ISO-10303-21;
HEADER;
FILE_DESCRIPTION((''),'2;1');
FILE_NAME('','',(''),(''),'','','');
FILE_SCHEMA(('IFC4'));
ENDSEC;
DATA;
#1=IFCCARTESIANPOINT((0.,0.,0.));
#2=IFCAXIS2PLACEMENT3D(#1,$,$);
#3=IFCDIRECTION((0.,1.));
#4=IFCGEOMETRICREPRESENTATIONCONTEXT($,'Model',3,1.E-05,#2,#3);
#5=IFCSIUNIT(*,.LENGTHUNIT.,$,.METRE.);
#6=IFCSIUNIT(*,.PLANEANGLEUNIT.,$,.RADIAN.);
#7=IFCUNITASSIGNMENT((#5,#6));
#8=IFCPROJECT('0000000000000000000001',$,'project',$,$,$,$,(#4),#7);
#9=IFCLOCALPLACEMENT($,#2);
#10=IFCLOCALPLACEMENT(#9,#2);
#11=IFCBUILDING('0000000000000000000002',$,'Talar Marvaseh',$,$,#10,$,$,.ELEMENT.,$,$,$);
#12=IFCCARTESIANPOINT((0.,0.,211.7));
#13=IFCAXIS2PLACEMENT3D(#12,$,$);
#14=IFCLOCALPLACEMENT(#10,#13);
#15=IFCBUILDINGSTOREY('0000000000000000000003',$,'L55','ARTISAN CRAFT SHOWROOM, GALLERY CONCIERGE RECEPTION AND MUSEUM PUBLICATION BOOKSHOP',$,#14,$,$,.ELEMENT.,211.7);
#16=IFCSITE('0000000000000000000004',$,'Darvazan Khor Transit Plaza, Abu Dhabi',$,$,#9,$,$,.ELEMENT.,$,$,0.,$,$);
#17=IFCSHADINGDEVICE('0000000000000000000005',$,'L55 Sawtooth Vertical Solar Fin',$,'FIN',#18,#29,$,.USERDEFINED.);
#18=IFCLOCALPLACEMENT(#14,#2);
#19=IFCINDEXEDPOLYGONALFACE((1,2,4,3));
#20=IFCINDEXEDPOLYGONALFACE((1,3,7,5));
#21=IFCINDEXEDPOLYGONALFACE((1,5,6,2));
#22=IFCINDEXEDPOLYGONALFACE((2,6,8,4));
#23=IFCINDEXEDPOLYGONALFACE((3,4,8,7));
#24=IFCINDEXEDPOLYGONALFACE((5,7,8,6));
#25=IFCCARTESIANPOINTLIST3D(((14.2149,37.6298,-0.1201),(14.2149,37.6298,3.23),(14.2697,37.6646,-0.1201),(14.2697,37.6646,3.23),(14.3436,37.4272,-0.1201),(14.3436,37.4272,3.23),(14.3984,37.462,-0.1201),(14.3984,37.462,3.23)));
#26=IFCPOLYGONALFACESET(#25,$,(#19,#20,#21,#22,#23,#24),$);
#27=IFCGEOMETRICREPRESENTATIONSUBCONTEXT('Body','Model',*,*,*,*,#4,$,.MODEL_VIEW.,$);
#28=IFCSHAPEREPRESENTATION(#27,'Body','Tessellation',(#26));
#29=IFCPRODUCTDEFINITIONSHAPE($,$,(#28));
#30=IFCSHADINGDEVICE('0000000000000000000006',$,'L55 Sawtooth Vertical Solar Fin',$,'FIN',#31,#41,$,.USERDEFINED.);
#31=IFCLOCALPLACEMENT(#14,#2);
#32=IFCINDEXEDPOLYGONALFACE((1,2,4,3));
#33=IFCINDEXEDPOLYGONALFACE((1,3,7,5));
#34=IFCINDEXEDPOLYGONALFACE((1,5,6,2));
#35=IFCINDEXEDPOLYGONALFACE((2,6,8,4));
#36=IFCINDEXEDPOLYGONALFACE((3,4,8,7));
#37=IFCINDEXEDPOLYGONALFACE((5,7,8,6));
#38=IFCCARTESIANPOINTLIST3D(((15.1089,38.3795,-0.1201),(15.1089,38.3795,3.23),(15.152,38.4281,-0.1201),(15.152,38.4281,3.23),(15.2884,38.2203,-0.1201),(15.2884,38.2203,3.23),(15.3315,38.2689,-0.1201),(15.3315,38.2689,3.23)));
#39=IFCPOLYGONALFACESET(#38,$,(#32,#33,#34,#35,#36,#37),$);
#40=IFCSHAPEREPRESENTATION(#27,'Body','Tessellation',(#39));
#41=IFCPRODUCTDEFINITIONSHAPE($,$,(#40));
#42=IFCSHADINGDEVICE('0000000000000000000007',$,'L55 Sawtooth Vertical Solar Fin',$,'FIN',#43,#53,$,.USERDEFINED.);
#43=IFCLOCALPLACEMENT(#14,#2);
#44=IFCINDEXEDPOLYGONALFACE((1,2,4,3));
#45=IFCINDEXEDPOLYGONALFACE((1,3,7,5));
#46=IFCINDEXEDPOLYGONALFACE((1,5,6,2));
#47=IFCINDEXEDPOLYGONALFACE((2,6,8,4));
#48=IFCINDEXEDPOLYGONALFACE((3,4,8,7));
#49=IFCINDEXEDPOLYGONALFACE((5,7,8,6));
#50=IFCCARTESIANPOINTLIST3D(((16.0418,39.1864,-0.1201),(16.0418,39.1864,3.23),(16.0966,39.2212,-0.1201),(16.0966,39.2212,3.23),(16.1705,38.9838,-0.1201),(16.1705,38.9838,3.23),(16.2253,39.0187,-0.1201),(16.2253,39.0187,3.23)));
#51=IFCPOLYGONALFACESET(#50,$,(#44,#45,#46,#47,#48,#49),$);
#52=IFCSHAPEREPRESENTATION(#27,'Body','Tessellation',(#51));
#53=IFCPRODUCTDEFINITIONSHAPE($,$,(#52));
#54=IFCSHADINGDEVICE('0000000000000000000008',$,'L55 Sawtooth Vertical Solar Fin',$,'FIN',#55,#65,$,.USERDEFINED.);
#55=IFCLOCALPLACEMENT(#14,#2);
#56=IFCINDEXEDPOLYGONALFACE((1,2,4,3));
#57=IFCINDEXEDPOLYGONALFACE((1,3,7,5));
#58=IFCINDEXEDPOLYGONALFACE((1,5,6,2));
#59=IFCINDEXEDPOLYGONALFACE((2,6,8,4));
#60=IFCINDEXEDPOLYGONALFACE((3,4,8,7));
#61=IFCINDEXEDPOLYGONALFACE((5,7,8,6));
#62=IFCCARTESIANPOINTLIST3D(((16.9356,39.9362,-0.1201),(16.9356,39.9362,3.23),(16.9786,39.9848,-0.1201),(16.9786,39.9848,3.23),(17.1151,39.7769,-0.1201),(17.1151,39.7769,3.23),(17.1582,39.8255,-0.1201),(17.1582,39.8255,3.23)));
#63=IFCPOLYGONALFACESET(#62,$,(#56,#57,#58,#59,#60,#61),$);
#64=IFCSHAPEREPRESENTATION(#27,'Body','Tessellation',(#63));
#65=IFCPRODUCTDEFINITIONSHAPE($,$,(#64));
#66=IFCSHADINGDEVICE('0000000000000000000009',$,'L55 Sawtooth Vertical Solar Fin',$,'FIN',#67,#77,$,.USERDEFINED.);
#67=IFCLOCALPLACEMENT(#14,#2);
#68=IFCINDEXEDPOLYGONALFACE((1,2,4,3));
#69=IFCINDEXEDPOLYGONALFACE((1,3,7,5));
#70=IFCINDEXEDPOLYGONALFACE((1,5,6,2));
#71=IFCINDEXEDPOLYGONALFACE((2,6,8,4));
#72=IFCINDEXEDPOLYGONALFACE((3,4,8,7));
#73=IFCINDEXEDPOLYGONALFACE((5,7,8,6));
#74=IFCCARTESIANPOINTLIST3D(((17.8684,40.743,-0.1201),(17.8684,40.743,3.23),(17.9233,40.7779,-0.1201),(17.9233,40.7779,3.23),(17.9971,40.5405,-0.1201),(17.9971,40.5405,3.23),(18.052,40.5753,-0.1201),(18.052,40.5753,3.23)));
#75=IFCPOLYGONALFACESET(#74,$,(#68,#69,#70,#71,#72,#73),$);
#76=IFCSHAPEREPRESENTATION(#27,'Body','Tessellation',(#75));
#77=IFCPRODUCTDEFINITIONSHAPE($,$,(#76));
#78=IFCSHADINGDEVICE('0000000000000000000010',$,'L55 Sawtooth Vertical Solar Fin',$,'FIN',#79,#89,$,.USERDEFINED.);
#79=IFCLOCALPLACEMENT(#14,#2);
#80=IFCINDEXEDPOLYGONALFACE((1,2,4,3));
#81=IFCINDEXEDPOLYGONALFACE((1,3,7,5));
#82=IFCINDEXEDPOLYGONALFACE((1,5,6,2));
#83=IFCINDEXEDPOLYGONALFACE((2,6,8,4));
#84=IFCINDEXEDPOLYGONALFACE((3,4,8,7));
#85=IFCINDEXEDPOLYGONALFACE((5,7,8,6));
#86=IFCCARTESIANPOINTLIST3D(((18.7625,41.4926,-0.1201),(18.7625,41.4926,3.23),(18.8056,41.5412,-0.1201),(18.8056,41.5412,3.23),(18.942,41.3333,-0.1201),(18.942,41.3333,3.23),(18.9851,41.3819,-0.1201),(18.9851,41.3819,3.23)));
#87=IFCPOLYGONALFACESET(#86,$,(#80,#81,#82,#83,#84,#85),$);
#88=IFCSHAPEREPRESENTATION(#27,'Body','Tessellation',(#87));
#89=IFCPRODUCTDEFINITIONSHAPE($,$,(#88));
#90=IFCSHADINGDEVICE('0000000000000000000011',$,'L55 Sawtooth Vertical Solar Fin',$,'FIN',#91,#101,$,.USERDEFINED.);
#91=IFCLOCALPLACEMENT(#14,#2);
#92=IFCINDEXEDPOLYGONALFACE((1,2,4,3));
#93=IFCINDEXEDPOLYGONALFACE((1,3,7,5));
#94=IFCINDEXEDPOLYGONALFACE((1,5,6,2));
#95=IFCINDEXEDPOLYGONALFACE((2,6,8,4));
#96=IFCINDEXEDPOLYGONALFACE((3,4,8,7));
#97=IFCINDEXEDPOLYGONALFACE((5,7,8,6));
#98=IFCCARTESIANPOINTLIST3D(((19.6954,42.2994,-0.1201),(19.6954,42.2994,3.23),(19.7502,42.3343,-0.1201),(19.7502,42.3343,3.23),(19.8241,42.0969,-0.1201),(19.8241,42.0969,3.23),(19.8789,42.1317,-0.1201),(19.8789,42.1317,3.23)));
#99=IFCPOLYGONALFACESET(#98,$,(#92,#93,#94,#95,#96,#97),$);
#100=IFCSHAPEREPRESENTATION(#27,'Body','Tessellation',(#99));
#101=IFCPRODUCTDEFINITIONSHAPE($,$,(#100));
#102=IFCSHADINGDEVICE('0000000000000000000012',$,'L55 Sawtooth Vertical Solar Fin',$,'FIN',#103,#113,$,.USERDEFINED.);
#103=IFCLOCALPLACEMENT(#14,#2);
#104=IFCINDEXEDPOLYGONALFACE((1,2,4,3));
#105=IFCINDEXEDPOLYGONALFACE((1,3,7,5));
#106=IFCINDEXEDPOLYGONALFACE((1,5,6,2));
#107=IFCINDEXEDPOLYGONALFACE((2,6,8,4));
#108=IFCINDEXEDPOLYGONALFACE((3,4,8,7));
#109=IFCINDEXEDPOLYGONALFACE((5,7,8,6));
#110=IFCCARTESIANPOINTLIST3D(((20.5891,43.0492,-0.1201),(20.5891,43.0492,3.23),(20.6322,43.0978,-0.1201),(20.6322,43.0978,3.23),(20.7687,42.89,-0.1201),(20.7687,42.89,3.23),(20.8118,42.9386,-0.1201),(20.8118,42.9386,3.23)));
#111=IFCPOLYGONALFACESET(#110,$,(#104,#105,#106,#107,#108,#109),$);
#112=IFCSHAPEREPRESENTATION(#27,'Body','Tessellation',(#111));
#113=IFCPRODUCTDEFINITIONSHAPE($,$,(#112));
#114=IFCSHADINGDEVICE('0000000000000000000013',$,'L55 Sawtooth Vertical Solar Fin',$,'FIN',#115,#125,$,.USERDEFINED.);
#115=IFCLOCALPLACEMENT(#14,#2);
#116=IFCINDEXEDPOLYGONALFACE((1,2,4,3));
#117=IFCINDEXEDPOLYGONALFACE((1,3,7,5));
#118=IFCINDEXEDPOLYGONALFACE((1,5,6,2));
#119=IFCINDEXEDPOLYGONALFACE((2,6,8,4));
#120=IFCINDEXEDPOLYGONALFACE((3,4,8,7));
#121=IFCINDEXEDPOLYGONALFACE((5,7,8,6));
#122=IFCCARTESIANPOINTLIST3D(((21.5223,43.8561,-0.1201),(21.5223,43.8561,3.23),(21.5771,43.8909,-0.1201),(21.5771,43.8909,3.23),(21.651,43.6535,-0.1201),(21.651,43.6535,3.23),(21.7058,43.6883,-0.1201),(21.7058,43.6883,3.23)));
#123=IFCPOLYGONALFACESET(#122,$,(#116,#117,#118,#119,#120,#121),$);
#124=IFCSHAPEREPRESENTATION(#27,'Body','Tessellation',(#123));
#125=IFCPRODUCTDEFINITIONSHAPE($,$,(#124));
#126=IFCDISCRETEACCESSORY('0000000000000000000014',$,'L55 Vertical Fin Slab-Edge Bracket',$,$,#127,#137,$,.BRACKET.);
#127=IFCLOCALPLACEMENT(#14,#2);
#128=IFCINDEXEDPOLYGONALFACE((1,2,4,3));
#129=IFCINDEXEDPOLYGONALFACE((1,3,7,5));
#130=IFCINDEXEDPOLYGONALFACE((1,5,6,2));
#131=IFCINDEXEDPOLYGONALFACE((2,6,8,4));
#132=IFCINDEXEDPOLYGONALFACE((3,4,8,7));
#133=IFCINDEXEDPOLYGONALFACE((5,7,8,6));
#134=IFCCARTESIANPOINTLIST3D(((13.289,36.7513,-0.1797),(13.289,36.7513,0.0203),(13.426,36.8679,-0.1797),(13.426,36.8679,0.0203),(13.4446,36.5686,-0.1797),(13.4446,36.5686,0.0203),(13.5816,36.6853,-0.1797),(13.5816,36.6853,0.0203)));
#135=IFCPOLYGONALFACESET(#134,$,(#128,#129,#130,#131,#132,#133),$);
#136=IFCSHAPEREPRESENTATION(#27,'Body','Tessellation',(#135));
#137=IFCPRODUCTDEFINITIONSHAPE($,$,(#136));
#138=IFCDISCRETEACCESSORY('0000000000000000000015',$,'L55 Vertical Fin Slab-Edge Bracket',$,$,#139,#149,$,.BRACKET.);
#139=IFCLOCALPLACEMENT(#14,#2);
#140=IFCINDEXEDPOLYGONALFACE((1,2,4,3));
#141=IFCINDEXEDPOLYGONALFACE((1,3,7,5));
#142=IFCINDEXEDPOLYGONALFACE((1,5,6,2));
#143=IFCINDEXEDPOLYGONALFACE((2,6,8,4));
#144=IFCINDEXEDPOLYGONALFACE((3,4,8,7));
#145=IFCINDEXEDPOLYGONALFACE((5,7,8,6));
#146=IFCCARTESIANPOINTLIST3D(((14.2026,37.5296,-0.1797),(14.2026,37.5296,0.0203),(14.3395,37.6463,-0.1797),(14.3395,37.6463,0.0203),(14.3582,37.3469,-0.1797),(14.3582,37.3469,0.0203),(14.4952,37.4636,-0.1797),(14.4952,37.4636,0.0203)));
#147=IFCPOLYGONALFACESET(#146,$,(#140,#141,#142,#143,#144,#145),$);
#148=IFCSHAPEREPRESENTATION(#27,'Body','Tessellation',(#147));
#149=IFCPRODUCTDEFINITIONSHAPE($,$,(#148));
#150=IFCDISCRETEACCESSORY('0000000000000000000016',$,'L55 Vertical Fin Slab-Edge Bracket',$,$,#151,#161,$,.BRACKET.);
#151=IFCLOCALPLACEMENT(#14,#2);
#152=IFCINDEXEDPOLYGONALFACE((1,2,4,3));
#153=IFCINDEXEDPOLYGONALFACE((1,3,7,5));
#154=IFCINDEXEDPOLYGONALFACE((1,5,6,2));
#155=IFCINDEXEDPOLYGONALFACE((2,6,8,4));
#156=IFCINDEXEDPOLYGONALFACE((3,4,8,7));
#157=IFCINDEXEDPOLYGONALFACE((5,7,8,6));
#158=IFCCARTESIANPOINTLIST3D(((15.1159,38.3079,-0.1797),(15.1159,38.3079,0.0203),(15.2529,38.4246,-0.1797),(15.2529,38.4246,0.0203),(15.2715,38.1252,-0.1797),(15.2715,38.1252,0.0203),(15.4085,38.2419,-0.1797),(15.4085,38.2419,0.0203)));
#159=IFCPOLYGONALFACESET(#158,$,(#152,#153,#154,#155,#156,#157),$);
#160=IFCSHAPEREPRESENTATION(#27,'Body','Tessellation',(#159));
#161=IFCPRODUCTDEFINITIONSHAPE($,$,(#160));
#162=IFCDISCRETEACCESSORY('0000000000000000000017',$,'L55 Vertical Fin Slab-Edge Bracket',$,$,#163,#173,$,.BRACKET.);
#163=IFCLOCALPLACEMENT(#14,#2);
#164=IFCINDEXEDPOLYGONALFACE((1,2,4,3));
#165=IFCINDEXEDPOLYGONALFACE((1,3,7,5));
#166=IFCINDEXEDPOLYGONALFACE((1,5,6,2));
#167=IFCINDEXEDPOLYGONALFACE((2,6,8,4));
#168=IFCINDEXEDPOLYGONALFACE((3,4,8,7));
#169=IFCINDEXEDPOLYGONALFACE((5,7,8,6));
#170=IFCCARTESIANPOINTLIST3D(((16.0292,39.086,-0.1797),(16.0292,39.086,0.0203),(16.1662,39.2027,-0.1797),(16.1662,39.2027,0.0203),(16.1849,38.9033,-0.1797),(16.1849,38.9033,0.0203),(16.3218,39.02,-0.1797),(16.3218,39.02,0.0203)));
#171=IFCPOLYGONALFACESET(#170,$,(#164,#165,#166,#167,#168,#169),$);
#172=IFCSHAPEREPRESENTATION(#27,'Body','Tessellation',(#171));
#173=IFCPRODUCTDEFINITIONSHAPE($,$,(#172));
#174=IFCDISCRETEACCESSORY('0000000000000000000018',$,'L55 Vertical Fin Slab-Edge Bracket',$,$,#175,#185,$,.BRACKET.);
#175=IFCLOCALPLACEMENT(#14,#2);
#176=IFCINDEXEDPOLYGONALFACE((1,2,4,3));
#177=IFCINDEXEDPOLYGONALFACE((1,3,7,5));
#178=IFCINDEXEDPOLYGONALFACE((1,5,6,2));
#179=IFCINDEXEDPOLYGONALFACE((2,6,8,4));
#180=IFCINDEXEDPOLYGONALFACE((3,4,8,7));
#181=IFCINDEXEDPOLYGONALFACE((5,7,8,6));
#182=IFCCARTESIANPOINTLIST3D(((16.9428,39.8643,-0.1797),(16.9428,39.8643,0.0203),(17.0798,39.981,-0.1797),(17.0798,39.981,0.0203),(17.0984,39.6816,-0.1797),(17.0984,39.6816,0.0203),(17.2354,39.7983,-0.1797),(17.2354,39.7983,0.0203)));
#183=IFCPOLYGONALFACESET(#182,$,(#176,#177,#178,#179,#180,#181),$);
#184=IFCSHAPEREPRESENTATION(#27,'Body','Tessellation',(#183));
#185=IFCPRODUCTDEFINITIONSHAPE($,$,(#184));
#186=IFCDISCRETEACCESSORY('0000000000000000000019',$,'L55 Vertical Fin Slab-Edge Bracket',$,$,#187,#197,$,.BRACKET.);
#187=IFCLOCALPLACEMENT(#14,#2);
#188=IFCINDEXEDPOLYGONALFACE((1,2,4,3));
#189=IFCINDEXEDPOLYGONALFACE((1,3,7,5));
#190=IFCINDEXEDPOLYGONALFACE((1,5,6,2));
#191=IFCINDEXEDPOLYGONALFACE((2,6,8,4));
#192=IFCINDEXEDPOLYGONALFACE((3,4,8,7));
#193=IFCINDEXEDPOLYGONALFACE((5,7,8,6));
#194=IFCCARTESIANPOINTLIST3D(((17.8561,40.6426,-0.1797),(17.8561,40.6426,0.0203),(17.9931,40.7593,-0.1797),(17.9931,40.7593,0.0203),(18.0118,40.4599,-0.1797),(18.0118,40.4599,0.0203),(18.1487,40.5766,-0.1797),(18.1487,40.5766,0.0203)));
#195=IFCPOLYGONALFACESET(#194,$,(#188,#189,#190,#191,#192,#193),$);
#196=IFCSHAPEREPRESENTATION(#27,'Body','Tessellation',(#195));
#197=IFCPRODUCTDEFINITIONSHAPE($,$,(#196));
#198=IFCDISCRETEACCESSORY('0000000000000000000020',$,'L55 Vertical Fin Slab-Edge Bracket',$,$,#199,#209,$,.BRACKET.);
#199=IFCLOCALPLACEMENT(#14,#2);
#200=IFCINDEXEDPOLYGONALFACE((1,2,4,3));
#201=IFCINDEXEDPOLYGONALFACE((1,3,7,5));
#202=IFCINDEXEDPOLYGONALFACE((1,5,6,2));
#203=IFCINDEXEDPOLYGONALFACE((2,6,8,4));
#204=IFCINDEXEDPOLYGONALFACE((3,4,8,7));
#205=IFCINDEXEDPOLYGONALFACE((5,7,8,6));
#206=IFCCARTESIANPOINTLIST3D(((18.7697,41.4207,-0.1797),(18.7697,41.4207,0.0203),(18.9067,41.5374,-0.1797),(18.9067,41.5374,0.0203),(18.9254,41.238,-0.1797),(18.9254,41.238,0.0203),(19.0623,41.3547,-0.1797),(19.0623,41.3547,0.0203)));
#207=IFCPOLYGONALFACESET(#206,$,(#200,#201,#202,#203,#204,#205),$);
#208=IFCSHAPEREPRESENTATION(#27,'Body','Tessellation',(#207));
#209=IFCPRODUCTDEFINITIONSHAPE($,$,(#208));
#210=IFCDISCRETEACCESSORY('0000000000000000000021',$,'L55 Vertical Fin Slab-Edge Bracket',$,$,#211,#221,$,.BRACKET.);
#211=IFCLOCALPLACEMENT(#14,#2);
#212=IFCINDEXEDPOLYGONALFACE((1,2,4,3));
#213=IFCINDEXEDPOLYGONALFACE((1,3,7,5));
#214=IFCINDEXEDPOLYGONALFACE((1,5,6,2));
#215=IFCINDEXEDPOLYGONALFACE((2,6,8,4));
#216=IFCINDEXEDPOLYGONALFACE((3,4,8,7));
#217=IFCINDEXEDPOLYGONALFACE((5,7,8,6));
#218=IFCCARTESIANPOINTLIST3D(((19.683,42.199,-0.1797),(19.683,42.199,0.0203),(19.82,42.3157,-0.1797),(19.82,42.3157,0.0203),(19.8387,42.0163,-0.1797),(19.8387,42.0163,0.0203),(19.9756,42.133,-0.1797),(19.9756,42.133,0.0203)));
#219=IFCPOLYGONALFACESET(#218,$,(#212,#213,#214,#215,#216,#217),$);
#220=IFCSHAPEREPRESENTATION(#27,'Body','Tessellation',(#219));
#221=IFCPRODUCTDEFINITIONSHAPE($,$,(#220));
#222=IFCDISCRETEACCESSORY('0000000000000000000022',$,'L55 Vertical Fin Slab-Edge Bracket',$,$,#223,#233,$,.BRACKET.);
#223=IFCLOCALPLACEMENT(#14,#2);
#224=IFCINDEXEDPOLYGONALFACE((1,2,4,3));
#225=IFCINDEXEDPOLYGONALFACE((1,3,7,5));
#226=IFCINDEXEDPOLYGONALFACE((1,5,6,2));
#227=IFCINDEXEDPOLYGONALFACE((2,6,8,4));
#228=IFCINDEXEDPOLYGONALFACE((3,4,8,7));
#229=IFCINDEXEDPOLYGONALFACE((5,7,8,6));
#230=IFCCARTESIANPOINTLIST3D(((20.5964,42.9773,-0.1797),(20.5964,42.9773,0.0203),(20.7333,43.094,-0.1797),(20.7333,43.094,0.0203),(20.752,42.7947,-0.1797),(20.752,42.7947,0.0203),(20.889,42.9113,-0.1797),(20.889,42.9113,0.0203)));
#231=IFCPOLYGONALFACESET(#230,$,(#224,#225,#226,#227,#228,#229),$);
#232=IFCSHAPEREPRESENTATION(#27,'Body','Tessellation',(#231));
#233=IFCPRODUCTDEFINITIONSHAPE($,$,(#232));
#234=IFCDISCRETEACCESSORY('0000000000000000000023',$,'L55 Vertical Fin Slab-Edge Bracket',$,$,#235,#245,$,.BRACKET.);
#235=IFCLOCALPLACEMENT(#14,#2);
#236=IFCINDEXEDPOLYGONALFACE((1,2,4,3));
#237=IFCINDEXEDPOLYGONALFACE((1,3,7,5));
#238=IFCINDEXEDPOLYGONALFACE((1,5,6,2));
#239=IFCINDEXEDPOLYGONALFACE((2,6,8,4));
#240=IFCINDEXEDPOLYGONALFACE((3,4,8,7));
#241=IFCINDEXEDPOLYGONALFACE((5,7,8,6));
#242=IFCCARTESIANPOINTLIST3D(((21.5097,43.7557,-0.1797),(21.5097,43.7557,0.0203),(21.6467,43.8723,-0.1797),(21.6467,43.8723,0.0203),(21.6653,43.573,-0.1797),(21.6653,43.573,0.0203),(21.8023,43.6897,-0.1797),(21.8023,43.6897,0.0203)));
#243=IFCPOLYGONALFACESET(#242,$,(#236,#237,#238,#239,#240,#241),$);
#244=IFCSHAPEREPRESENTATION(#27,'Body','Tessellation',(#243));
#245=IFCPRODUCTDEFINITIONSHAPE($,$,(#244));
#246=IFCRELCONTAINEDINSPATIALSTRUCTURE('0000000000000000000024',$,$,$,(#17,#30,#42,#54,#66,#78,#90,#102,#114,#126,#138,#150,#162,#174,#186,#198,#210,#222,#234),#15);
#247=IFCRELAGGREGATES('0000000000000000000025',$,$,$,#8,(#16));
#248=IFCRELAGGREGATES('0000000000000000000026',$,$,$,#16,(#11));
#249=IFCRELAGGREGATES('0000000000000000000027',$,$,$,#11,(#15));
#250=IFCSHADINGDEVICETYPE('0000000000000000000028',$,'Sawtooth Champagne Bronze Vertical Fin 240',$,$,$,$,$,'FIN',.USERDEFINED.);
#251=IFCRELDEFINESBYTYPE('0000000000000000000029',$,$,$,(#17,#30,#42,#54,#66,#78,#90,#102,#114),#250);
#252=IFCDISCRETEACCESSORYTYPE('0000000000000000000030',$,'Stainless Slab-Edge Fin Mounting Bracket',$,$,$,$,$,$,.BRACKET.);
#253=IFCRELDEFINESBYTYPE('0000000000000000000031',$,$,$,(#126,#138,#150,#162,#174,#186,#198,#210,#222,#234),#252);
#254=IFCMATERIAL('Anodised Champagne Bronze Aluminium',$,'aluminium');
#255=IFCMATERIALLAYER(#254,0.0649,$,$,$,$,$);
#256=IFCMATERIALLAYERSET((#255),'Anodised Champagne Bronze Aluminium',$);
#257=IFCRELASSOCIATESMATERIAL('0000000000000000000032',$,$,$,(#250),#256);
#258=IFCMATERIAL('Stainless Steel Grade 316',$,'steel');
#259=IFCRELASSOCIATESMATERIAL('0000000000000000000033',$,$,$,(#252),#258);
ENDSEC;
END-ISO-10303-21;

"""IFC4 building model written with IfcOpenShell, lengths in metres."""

from ifc_helpers import new_model, si_unit, direction, frame, origin, origin_2d, place, context, subcontext, project, spatial, rectangle, extrude, source, transform, mapped, material, layer, layer_set, type_object, type_shapes, element, save


model = new_model("IFC4")

# Units and contexts
model_context = context("Model", 3, precision=1e-05, world=origin(), true_north=direction((0.0, 1.0)))
body_context = subcontext(model_context, "Body", "Model", "MODEL_VIEW")
ifc_project = project(units=[si_unit("LENGTHUNIT", "METRE"), si_unit("PLANEANGLEUNIT", "RADIAN")], contexts=[model_context])

# Site, building, storey
site_placement = place(None, origin())
site = spatial("IfcSite", under=ifc_project, at=site_placement, Name="Darvazan Khor Transit Plaza, Abu Dhabi", CompositionType="ELEMENT", RefElevation=0.0)
building_placement = place(site_placement, origin())
building = spatial("IfcBuilding", under=site, at=building_placement, Name="Talar Marvaseh", CompositionType="ELEMENT")
storey_placement = place(building_placement, frame((0.0, 0.0, 211.7)))
storey = spatial("IfcBuildingStorey", under=building, at=storey_placement, Name="L55", Description="ARTISAN CRAFT SHOWROOM, GALLERY CONCIERGE RECEPTION AND MUSEUM PUBLICATION BOOKSHOP", CompositionType="ELEMENT", Elevation=211.7)

# Shading devices
ifc_material_1 = material(Name="Anodised Champagne Bronze Aluminium", Category="aluminium")
ifc_layer_1 = layer(ifc_material_1, 0.0649)
ifc_layer_set_1 = layer_set([ifc_layer_1], Name="Anodised Champagne Bronze Aluminium")
shading_device_type = type_object("IfcShadingDeviceType", Name="Sawtooth Champagne Bronze Vertical Fin 240", ElementType="FIN", PredefinedType="USERDEFINED", material=ifc_layer_set_1)
shared_shape_1 = source(origin(), body_context, "Body", "SweptSolid", [
    extrude(rectangle(XDim=0.24, YDim=0.0649, at=origin_2d()), origin(), (0.0, 0.0, 1.0), 3.3501),
])
type_shapes(shading_device_type, [shared_shape_1])
for number, where, z_axis, x_axis, name in (
    (1, (14.3066, 37.5459, -0.1201), (0.0, 0.0, 1.0), (-0.536269, 0.844047, 0.0), "L55 Sawtooth Vertical Solar Fin"),
    (2, (15.2202, 38.3242, -0.1201), (0.0, 0.0, 1.0), (-0.748146, 0.663535, 0.0), "L55 Sawtooth Vertical Solar Fin"),
    (3, (16.1335, 39.1025, -0.1201), (0.0, 0.0, 1.0), (-0.536269, 0.844047, 0.0), "L55 Sawtooth Vertical Solar Fin"),
    (4, (17.0469, 39.8809, -0.1201), (0.0, 0.0, 1.0), (-0.748146, 0.663535, 0.0), "L55 Sawtooth Vertical Solar Fin"),
    (5, (17.9602, 40.6592, -0.1201), (0.0, 0.0, 1.0), (-0.536269, 0.844047, 0.0), "L55 Sawtooth Vertical Solar Fin"),
    (6, (18.8738, 41.4373, -0.1201), (0.0, 0.0, 1.0), (-0.748146, 0.663535, 0.0), "L55 Sawtooth Vertical Solar Fin"),
    (7, (19.7871, 42.2156, -0.1201), (0.0, 0.0, 1.0), (-0.536269, 0.844047, 0.0), "L55 Sawtooth Vertical Solar Fin"),
    (8, (20.7004, 42.9939, -0.1201), (0.0, 0.0, 1.0), (-0.748146, 0.663535, 0.0), "L55 Sawtooth Vertical Solar Fin"),
    (9, (21.614, 43.7722, -0.1201), (0.0, 0.0, 1.0), (-0.536269, 0.844047, 0.0), "L55 Sawtooth Vertical Solar Fin"),
):
    element("IfcShadingDevice", number, at=place(storey_placement, frame(where, z_axis=z_axis, x_axis=x_axis)), inside=storey, type_object=shading_device_type, Name=name, ObjectType="FIN", PredefinedType="USERDEFINED", context=body_context, shape_type="MappedRepresentation", body=[
        mapped(shared_shape_1, transform((0.0, 0.0, 0.0), x_axis=(1.0, 0.0, 0.0), y_axis=(0.0, 1.0, 0.0), z_axis=(0.0, 0.0, 1.0), scale=1.0)),
    ])

# Discrete accessories
ifc_material_2 = material(Name="Stainless Steel Grade 316", Category="steel")
discrete_accessory_type = type_object("IfcDiscreteAccessoryType", Name="Stainless Slab-Edge Fin Mounting Bracket", PredefinedType="BRACKET", material=ifc_material_2)
shared_shape_2 = source(origin(), body_context, "Body", "SweptSolid", [
    extrude(rectangle(XDim=0.24, YDim=0.1799, at=origin_2d()), origin(), (0.0, 0.0, 1.0), 0.2),
])
type_shapes(discrete_accessory_type, [shared_shape_2])
for number, where, z_axis, x_axis, name in (
    (10, (13.4353, 36.7183, -0.1797), (0.0, 0.0, 1.0), (-0.648519, 0.761199, 0.0), "L55 Vertical Fin Slab-Edge Bracket"),
    (11, (14.3489, 37.4966, -0.1797), (0.0, 0.0, 1.0), (-0.648519, 0.761199, 0.0), "L55 Vertical Fin Slab-Edge Bracket"),
    (12, (15.2622, 38.2749, -0.1797), (0.0, 0.0, 1.0), (-0.648519, 0.761199, 0.0), "L55 Vertical Fin Slab-Edge Bracket"),
    (13, (16.1755, 39.053, -0.1797), (0.0, 0.0, 1.0), (-0.648519, 0.761199, 0.0), "L55 Vertical Fin Slab-Edge Bracket"),
    (14, (17.0891, 39.8313, -0.1797), (0.0, 0.0, 1.0), (-0.648519, 0.761199, 0.0), "L55 Vertical Fin Slab-Edge Bracket"),
    (15, (18.0024, 40.6096, -0.1797), (0.0, 0.0, 1.0), (-0.648519, 0.761199, 0.0), "L55 Vertical Fin Slab-Edge Bracket"),
    (16, (18.916, 41.3877, -0.1797), (0.0, 0.0, 1.0), (-0.648519, 0.761199, 0.0), "L55 Vertical Fin Slab-Edge Bracket"),
    (17, (19.8293, 42.166, -0.1797), (0.0, 0.0, 1.0), (-0.648519, 0.761199, 0.0), "L55 Vertical Fin Slab-Edge Bracket"),
    (18, (20.7427, 42.9443, -0.1797), (0.0, 0.0, 1.0), (-0.648519, 0.761199, 0.0), "L55 Vertical Fin Slab-Edge Bracket"),
    (19, (21.656, 43.7227, -0.1797), (0.0, 0.0, 1.0), (-0.648519, 0.761199, 0.0), "L55 Vertical Fin Slab-Edge Bracket"),
):
    element("IfcDiscreteAccessory", number, at=place(storey_placement, frame(where, z_axis=z_axis, x_axis=x_axis)), inside=storey, type_object=discrete_accessory_type, Name=name, PredefinedType="BRACKET", context=body_context, shape_type="MappedRepresentation", body=[
        mapped(shared_shape_2, transform((0.0, 0.0, 0.0), x_axis=(1.0, 0.0, 0.0), y_axis=(0.0, 1.0, 0.0), z_axis=(0.0, 0.0, 1.0), scale=1.0)),
    ])

save(model, "model.ifc")
